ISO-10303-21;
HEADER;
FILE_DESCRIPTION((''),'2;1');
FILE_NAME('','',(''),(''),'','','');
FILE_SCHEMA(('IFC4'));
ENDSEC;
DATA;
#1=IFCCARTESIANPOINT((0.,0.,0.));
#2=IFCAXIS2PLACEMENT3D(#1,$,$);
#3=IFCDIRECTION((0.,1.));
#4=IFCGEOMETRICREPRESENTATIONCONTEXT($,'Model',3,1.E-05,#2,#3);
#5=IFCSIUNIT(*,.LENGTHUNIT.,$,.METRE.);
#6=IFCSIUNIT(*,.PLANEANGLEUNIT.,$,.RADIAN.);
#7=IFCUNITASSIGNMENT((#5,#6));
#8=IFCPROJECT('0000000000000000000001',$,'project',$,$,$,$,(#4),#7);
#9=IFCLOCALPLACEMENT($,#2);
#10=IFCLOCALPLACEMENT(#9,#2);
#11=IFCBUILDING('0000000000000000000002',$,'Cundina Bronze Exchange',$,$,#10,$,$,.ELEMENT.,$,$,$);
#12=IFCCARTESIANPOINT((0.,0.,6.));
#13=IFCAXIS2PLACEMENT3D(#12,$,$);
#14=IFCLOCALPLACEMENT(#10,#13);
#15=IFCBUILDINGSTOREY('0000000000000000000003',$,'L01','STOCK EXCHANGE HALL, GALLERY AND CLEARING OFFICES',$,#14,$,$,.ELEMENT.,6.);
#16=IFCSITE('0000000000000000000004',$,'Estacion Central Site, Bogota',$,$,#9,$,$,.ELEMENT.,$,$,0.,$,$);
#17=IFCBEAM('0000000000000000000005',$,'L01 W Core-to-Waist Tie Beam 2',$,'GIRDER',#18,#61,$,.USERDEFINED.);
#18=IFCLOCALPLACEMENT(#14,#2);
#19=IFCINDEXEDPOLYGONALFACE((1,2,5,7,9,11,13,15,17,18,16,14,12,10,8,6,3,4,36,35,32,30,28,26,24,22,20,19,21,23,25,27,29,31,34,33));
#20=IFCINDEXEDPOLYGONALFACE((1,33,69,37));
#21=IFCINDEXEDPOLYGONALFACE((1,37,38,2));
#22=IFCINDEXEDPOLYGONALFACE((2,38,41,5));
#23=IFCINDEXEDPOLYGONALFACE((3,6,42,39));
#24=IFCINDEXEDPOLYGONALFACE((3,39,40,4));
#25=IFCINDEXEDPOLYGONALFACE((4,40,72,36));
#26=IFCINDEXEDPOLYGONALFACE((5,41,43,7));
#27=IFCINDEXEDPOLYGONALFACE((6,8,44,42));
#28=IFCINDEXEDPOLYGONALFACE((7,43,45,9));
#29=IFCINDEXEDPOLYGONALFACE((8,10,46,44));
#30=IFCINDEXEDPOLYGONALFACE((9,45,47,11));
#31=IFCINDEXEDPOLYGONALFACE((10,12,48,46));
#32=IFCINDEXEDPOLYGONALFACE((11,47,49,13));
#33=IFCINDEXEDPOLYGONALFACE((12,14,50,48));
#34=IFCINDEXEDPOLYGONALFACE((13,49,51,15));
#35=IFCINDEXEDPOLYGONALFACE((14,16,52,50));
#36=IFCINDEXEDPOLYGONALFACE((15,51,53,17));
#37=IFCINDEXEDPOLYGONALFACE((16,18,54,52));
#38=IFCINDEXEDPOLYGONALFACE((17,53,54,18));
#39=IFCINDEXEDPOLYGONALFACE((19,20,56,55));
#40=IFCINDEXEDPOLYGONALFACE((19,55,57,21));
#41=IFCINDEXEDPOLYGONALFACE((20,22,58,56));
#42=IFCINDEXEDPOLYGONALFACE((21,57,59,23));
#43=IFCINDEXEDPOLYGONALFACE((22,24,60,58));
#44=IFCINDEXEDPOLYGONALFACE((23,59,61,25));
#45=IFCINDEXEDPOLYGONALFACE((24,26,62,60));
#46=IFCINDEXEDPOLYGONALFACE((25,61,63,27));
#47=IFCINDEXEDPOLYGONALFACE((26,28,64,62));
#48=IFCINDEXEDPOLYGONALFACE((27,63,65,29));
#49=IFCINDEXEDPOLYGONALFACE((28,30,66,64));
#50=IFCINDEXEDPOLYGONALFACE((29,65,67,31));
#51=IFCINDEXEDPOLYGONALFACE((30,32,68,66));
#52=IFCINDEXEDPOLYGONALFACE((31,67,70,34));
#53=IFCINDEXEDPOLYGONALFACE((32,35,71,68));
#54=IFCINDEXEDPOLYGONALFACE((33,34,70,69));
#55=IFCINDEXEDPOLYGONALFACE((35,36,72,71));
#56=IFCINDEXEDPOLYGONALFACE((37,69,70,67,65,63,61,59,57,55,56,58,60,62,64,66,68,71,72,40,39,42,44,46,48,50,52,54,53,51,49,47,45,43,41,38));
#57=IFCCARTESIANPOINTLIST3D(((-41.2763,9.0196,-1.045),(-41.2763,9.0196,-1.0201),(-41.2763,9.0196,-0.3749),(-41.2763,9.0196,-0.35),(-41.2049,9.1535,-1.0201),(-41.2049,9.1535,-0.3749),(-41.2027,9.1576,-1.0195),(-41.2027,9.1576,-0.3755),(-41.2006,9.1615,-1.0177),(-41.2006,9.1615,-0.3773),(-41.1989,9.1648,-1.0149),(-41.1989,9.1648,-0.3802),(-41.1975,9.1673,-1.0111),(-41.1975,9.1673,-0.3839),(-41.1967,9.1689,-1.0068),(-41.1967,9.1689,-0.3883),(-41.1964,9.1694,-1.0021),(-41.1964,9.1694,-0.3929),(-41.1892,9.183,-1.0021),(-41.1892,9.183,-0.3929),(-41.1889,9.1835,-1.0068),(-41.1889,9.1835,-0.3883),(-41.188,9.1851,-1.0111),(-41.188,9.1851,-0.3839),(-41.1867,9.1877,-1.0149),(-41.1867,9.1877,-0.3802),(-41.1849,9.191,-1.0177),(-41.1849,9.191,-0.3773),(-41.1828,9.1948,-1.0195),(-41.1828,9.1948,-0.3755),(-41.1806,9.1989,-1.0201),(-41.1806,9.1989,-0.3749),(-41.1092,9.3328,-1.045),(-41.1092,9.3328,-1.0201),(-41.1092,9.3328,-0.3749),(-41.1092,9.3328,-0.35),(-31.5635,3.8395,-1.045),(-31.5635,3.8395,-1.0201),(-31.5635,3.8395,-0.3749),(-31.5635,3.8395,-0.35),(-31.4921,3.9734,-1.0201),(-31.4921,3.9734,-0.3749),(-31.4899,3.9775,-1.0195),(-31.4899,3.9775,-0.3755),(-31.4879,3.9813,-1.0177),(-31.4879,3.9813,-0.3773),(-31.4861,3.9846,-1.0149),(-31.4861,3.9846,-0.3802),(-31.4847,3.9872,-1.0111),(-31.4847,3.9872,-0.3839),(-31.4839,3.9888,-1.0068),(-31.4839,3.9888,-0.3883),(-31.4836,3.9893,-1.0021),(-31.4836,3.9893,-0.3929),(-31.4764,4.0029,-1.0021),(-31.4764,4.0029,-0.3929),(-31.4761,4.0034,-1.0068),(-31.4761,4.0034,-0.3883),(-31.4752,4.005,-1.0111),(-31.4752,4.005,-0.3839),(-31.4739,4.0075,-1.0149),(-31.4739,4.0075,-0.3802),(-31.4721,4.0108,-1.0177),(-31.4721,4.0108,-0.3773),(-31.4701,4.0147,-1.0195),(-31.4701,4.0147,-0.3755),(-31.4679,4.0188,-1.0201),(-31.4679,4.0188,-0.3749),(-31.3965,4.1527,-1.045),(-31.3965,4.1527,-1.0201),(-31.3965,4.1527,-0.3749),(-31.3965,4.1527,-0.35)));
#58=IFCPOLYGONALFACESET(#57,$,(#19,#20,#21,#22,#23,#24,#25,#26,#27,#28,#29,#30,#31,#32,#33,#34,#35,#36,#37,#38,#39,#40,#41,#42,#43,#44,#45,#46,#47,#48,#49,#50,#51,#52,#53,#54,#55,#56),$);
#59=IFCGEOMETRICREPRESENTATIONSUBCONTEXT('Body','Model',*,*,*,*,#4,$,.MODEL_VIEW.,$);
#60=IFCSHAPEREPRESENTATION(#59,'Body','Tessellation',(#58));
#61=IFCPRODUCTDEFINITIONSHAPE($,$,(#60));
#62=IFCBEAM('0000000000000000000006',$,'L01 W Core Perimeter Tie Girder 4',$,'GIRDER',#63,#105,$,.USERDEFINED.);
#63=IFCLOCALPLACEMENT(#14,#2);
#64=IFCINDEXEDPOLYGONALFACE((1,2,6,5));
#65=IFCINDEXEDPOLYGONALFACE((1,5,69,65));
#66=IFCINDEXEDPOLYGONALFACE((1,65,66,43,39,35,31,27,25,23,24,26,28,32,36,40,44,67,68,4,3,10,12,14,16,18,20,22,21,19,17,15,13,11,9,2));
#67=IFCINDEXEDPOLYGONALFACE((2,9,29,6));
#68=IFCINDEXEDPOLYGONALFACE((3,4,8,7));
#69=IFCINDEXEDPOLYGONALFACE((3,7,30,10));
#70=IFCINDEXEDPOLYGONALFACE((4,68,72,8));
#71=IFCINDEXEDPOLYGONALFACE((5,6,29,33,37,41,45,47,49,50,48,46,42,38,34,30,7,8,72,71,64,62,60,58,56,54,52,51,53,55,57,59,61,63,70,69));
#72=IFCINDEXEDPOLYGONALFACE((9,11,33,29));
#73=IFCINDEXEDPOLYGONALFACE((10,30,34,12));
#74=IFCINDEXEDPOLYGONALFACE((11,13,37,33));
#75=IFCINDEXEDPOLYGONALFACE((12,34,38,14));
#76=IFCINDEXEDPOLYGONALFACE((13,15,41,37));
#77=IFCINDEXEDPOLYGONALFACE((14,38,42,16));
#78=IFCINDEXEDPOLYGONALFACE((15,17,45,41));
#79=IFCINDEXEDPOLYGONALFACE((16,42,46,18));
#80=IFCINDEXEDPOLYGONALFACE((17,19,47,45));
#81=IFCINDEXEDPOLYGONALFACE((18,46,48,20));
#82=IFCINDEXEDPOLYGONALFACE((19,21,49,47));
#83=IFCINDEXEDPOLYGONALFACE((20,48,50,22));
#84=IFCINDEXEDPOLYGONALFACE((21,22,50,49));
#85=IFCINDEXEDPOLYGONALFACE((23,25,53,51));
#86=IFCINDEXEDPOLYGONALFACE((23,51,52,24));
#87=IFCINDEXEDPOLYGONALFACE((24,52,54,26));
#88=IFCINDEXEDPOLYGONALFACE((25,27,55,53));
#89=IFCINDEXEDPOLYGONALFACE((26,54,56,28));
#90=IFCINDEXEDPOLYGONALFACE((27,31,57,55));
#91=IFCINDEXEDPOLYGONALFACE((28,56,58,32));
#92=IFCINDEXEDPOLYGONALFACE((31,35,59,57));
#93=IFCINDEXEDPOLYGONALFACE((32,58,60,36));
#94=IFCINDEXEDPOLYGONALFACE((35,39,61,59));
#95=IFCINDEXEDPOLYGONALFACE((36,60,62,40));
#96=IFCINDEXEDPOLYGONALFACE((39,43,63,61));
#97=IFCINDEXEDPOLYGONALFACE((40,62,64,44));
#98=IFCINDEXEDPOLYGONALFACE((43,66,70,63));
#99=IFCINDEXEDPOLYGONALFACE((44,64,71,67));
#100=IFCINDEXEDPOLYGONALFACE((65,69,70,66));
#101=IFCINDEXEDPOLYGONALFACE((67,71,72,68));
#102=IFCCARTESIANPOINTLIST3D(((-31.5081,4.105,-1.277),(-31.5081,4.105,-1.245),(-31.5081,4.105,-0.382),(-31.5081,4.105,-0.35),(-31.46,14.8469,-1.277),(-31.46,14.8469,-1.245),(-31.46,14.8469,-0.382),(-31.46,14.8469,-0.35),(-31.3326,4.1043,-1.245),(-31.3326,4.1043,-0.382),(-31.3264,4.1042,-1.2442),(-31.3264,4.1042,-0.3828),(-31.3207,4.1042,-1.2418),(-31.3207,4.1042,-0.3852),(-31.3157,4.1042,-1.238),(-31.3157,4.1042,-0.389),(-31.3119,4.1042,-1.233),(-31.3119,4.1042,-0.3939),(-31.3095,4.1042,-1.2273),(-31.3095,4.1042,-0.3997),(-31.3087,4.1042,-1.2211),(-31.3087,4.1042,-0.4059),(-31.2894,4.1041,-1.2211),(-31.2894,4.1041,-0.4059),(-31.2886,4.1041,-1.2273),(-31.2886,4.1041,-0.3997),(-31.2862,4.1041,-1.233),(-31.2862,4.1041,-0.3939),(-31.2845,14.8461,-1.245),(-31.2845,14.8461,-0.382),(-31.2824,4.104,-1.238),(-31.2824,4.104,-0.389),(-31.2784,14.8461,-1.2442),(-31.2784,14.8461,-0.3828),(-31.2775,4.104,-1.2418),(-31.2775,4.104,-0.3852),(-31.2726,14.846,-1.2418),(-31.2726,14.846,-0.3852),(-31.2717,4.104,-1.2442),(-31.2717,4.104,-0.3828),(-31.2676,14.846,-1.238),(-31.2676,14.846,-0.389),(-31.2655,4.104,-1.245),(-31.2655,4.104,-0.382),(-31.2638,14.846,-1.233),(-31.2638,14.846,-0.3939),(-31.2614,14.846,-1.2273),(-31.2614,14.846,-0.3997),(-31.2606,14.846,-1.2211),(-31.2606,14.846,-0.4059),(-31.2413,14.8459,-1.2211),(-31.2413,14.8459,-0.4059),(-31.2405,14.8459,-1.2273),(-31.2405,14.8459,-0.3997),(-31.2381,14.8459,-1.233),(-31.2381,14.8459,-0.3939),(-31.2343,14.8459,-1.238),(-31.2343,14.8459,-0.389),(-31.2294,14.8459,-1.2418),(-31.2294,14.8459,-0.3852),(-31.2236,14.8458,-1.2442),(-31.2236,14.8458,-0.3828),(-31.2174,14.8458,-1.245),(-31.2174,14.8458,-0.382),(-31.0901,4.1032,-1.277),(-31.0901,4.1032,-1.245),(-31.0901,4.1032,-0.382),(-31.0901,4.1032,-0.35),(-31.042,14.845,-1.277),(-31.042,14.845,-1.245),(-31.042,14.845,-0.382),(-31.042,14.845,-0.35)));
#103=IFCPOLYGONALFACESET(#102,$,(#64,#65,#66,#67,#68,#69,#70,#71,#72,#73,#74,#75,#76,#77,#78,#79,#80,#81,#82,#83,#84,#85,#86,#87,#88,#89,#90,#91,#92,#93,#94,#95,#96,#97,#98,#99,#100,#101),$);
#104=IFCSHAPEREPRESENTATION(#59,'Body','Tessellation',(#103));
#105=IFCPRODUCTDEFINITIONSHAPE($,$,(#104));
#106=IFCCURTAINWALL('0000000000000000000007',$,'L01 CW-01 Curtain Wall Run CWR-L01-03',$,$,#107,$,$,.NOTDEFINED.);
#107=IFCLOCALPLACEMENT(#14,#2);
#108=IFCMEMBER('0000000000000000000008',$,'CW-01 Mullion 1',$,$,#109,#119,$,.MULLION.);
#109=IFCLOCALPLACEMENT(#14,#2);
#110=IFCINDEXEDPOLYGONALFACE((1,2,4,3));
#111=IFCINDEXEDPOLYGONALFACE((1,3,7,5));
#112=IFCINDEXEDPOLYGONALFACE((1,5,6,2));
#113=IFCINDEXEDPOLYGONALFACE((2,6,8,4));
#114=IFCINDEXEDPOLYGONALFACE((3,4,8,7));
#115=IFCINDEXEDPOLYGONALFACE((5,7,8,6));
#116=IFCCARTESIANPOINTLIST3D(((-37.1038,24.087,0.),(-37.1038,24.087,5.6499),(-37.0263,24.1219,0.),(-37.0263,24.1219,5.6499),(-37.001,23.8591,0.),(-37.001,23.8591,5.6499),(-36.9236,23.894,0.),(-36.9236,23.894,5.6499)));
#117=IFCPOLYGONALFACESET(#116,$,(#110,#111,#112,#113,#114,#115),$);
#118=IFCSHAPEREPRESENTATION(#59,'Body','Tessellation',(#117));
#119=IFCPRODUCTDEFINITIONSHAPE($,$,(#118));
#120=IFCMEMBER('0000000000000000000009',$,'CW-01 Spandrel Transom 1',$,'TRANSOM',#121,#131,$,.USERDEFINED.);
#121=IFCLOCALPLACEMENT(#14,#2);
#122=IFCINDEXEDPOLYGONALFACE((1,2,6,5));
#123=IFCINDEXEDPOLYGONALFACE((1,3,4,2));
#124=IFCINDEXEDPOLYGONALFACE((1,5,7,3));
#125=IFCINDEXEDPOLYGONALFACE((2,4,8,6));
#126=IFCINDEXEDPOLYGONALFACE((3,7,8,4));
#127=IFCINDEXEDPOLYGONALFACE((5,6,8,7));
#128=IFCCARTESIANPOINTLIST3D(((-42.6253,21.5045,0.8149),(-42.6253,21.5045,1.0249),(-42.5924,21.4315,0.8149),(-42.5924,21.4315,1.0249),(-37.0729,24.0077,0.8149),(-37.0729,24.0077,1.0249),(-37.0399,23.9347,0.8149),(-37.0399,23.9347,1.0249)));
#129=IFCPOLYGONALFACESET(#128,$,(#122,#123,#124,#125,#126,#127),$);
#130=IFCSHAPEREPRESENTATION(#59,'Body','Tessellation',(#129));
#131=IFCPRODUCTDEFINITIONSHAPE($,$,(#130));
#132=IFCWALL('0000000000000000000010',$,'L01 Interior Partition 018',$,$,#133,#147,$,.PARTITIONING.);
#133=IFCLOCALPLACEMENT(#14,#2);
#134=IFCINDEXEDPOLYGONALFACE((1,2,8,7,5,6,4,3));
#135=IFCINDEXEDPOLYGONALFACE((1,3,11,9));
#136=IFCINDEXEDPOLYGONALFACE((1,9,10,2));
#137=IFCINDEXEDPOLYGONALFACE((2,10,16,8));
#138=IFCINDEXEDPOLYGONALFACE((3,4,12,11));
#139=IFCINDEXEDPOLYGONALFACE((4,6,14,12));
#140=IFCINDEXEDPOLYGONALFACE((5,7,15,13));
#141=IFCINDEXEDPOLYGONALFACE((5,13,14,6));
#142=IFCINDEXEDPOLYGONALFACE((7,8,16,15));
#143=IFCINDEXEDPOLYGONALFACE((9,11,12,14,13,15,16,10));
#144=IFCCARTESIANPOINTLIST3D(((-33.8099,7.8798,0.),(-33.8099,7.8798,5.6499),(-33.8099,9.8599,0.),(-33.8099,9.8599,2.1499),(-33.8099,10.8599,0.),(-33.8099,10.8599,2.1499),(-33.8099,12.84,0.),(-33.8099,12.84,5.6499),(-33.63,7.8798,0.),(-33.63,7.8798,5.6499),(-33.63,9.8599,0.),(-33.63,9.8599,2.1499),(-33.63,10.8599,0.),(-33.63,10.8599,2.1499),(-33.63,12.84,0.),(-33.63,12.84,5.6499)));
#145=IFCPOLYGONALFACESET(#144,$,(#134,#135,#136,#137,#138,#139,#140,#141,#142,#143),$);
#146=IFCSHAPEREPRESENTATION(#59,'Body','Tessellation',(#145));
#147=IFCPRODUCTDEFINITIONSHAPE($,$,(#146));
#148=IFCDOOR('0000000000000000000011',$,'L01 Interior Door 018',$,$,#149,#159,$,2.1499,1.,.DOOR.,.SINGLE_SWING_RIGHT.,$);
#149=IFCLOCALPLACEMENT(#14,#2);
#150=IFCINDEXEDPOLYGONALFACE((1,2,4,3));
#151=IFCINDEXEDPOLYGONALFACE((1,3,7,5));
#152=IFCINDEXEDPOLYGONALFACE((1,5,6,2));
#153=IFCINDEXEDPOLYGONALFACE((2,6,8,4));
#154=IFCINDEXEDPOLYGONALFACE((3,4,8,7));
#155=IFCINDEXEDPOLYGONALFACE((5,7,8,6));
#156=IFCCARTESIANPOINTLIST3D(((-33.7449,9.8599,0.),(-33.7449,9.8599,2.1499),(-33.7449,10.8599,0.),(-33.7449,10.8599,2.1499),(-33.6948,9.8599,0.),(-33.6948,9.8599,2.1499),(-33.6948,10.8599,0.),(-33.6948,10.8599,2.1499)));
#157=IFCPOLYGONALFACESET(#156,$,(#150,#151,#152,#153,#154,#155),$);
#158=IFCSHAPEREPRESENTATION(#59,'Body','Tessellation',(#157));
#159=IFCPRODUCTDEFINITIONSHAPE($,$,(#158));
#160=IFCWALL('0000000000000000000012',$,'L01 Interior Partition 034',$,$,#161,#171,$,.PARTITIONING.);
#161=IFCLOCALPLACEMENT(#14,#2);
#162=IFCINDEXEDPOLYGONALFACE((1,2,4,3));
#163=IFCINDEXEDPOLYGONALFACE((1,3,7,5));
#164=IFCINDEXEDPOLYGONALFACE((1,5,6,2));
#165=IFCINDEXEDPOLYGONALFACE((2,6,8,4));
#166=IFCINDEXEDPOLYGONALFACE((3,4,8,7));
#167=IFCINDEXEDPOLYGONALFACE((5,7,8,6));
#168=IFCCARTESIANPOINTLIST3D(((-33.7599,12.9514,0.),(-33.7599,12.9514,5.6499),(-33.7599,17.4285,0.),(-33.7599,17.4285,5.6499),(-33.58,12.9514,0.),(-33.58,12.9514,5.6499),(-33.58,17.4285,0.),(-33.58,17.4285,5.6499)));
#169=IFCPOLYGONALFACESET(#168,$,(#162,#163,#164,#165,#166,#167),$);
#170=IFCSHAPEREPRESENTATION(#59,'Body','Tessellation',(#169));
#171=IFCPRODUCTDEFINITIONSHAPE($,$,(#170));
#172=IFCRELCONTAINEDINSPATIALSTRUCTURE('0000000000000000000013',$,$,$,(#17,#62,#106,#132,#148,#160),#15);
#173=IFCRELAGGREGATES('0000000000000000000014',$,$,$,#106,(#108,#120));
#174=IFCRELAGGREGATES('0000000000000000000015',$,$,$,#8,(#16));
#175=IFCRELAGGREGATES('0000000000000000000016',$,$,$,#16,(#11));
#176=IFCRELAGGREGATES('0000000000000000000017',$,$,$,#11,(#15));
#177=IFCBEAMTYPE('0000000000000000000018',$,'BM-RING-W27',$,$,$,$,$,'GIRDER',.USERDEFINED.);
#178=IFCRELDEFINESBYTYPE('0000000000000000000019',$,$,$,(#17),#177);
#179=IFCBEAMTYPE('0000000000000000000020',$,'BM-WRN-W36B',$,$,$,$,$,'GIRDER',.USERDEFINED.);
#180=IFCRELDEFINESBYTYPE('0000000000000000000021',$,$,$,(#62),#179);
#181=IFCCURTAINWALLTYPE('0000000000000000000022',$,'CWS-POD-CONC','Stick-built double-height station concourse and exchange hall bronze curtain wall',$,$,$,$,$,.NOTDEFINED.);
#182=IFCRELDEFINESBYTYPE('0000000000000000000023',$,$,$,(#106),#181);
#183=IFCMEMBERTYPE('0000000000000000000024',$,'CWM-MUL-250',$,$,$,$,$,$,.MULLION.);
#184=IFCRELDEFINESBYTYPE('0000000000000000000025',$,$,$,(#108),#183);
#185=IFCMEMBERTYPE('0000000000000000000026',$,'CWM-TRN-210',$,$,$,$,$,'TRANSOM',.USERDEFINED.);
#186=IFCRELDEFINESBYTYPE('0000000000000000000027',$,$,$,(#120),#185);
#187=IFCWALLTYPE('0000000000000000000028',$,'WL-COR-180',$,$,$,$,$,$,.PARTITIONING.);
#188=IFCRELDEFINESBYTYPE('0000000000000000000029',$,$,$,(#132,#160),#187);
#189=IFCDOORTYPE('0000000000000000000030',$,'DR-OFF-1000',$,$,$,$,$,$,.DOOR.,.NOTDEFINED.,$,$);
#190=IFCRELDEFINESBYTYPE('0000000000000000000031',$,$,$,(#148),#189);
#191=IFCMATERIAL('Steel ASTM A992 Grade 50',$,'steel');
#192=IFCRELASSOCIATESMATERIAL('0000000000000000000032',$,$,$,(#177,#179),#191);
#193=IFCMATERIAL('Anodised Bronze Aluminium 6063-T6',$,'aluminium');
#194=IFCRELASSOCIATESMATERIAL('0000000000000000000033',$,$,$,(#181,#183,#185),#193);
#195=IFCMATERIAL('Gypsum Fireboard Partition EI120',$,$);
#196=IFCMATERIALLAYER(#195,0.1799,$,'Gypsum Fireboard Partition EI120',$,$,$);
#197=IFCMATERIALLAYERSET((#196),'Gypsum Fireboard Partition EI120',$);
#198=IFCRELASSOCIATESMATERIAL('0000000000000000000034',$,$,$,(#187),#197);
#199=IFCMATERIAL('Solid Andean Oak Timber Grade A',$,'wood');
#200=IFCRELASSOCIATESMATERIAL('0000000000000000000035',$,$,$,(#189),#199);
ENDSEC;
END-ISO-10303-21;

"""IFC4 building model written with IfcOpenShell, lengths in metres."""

from ifc_helpers import new_model, si_unit, direction, frame, frame_2d, origin, origin_2d, place, context, subcontext, project, spatial, rectangle, i_section, extrude, material, layer, layer_set, material_profile, profile_set, type_object, element, fill, aggregate, save


model = new_model("IFC4")

# Units and contexts
model_context = context("Model", 3, precision=1e-05, world=origin(), true_north=direction((0.0, 1.0)))
body_context = subcontext(model_context, "Body", "Model", "MODEL_VIEW")
ifc_project = project(units=[si_unit("LENGTHUNIT", "METRE"), si_unit("PLANEANGLEUNIT", "RADIAN")], contexts=[model_context])

# Site, building, storey
site_placement = place(None, origin())
site = spatial("IfcSite", under=ifc_project, at=site_placement, Name="Estacion Central Site, Bogota", CompositionType="ELEMENT", RefElevation=0.0)
building_placement = place(site_placement, origin())
building = spatial("IfcBuilding", under=site, at=building_placement, Name="Cundina Bronze Exchange", CompositionType="ELEMENT")
storey_placement = place(building_placement, frame((0.0, 0.0, 6.0)))
storey = spatial("IfcBuildingStorey", under=building, at=storey_placement, Name="L01", Description="STOCK EXCHANGE HALL, GALLERY AND CLEARING OFFICES", CompositionType="ELEMENT", Elevation=6.0)

# Shared definitions
ifc_material_1 = material(Name="Steel ASTM A992 Grade 50", Category="steel")

# Beams
ifc_material_profile_1 = material_profile(ifc_material_1, i_section(OverallWidth=0.355, OverallDepth=0.6951, WebThickness=0.0154, FlangeThickness=0.0249, FilletRadius=0.0181, at=origin_2d()), Name="W27X146", Category="steel")
ifc_profile_set_1 = profile_set([ifc_material_profile_1], Name="Steel ASTM A992 Grade 50")
beam_type_1 = type_object("IfcBeamType", Name="BM-RING-W27", ElementType="GIRDER", PredefinedType="USERDEFINED", material=ifc_profile_set_1)
beam_1_placement = place(storey_placement, frame((-31.48, 3.9961, -0.6975), z_axis=(-0.882354, 0.470586, 0.0), x_axis=(-0.470586, -0.882354, 0.0)))
element("IfcBeam", 1, at=beam_1_placement, inside=storey, type_object=beam_type_1, Name="L01 W Core-to-Waist Tie Beam 2", ObjectType="GIRDER", PredefinedType="USERDEFINED", context=body_context, shape_type="SweptSolid", body=[
    extrude(i_section(OverallWidth=0.355, OverallDepth=0.6951, WebThickness=0.0154, FlangeThickness=0.0249, FilletRadius=0.0181, at=origin_2d()), origin(), (0.0, 0.0, 1.0), 11.0078),
])
ifc_material_profile_2 = material_profile(ifc_material_1, i_section(OverallWidth=0.418, OverallDepth=0.927, WebThickness=0.0193, FlangeThickness=0.032, FilletRadius=0.0239, at=origin_2d()), Name="W36X231", Category="steel")
ifc_profile_set_2 = profile_set([ifc_material_profile_2], Name="Steel ASTM A992 Grade 50")
beam_type_2 = type_object("IfcBeamType", Name="BM-WRN-W36B", ElementType="GIRDER", PredefinedType="USERDEFINED", material=ifc_profile_set_2)
beam_2_placement = place(storey_placement, frame((-31.251, 14.8459, -0.8135), z_axis=(-0.004477, -0.99999, 0.0), x_axis=(0.99999, -0.004477, 0.0)))
element("IfcBeam", 2, at=beam_2_placement, inside=storey, type_object=beam_type_2, Name="L01 W Core Perimeter Tie Girder 4", ObjectType="GIRDER", PredefinedType="USERDEFINED", context=body_context, shape_type="SweptSolid", body=[
    extrude(i_section(OverallWidth=0.418, OverallDepth=0.927, WebThickness=0.0193, FlangeThickness=0.032, FilletRadius=0.0239, at=origin_2d()), origin(), (0.0, 0.0, 1.0), 10.7419),
])

# Curtain wall, members
ifc_material_2 = material(Name="Anodised Bronze Aluminium 6063-T6", Category="aluminium")
curtain_wall_type = type_object("IfcCurtainWallType", Name="CWS-POD-CONC", Description="Stick-built double-height station concourse and exchange hall bronze curtain wall", PredefinedType="NOTDEFINED", material=ifc_material_2)
curtain_wall_placement = place(storey_placement, origin())
curtain_wall = element("IfcCurtainWall", 3, at=curtain_wall_placement, inside=storey, type_object=curtain_wall_type, Name="L01 CW-01 Curtain Wall Run CWR-L01-03", PredefinedType="NOTDEFINED")
ifc_material_profile_3 = material_profile(ifc_material_2, rectangle(XDim=0.085, YDim=0.25, at=origin_2d()), Name="AL85X250", Category="aluminium")
ifc_profile_set_3 = profile_set([ifc_material_profile_3], Name="Anodised Bronze Aluminium 6063-T6")
member_type_1 = type_object("IfcMemberType", Name="CWM-MUL-250", PredefinedType="MULLION", material=ifc_profile_set_3)
member_1_placement = place(storey_placement, frame((-37.0137, 23.9905, 0.0), z_axis=(0.0, 0.0, 1.0), x_axis=(-0.911619, -0.411037, 0.0)))
member_1 = element("IfcMember", 4, at=member_1_placement, type_object=member_type_1, Name="CW-01 Mullion 1", PredefinedType="MULLION", context=body_context, shape_type="SweptSolid", body=[
    extrude(rectangle(XDim=0.085, YDim=0.25, at=origin_2d()), origin(), (0.0, 0.0, 1.0), 5.6499),
])
ifc_material_profile_4 = material_profile(ifc_material_2, rectangle(XDim=0.0801, YDim=0.21, at=origin_2d()), Name="AL80X210", Category="aluminium")
ifc_profile_set_4 = profile_set([ifc_material_profile_4], Name="Anodised Bronze Aluminium 6063-T6")
member_type_2 = type_object("IfcMemberType", Name="CWM-TRN-210", ElementType="TRANSOM", PredefinedType="USERDEFINED", material=ifc_profile_set_4)
member_2_placement = place(storey_placement, frame((-37.0564, 23.9712, 0.9199), z_axis=(-0.911642, -0.410986, 0.0), x_axis=(0.410986, -0.911642, 0.0)))
member_2 = element("IfcMember", 5, at=member_2_placement, type_object=member_type_2, Name="CW-01 Spandrel Transom 1", ObjectType="TRANSOM", PredefinedType="USERDEFINED", context=body_context, shape_type="SweptSolid", body=[
    extrude(rectangle(XDim=0.0801, YDim=0.21, at=origin_2d()), origin(), (0.0, 0.0, 1.0), 6.0906),
])
aggregate(curtain_wall, [member_1, member_2])

# Wall, opening, door
ifc_material_3 = material(Name="Gypsum Fireboard Partition EI120")
ifc_layer_1 = layer(ifc_material_3, 0.1799, Name="Gypsum Fireboard Partition EI120")
ifc_layer_set_1 = layer_set([ifc_layer_1], Name="Gypsum Fireboard Partition EI120")
wall_type_1 = type_object("IfcWallType", Name="WL-COR-180", PredefinedType="PARTITIONING", material=ifc_layer_set_1)
wall_1_placement = place(storey_placement, frame((-33.72, 7.8799, 0.0), z_axis=(0.0, 0.0, 1.0), x_axis=(0.0, 1.0, 0.0)))
wall_1 = element("IfcWall", 6, at=wall_1_placement, inside=storey, type_object=wall_type_1, Name="L01 Interior Partition 018", PredefinedType="PARTITIONING", context=body_context, shape_type="SweptSolid", body=[
    extrude(rectangle(XDim=4.9602, YDim=0.1799, at=frame_2d((2.48, 0.0))), origin(), (0.0, 0.0, 1.0), 5.6499),
])
opening_1_placement = place(wall_1_placement, frame((1.98, 0.0, 0.0)))
opening_1 = element("IfcOpeningElement", 7, at=opening_1_placement, cuts=wall_1, PredefinedType="OPENING", context=body_context, shape_type="SweptSolid", body=[
    extrude(rectangle(XDim=1.0, YDim=2.1499, at=frame_2d((0.5, 1.075))), frame((0.0, 0.0999, 0.0), z_axis=(0.0, -1.0, 0.0), x_axis=(1.0, 0.0, 0.0)), (0.0, 0.0, 1.0), 0.2),
])
ifc_material_4 = material(Name="Solid Andean Oak Timber Grade A", Category="wood")
door_type_1 = type_object("IfcDoorType", Name="DR-OFF-1000", OperationType="NOTDEFINED", PredefinedType="DOOR", material=ifc_material_4)
door_1_placement = place(opening_1_placement, origin())
door_1 = element("IfcDoor", 8, at=door_1_placement, inside=storey, type_object=door_type_1, Name="L01 Interior Door 018", OperationType="SINGLE_SWING_RIGHT", OverallHeight=2.1499, OverallWidth=1.0, PredefinedType="DOOR", context=body_context, shape_type="SweptSolid", body=[
    extrude(rectangle(XDim=1.0, YDim=2.1499, at=frame_2d((0.5, 1.075))), frame((0.0, 0.0249, 0.0), z_axis=(0.0, -1.0, 0.0), x_axis=(1.0, 0.0, 0.0)), (0.0, 0.0, 1.0), 0.05),
])
fill(opening_1, door_1)

# Wall
wall_2_placement = place(storey_placement, frame((-33.6699, 17.4285, 0.0), z_axis=(0.0, 0.0, 1.0), x_axis=(0.0, -1.0, 0.0)))
element("IfcWall", 9, at=wall_2_placement, inside=storey, type_object=wall_type_1, Name="L01 Interior Partition 034", PredefinedType="PARTITIONING", context=body_context, shape_type="SweptSolid", body=[
    extrude(rectangle(XDim=4.4771, YDim=0.1799, at=frame_2d((2.2385, 0.0))), origin(), (0.0, 0.0, 1.0), 5.6499),
])

save(model, "model.ifc")
